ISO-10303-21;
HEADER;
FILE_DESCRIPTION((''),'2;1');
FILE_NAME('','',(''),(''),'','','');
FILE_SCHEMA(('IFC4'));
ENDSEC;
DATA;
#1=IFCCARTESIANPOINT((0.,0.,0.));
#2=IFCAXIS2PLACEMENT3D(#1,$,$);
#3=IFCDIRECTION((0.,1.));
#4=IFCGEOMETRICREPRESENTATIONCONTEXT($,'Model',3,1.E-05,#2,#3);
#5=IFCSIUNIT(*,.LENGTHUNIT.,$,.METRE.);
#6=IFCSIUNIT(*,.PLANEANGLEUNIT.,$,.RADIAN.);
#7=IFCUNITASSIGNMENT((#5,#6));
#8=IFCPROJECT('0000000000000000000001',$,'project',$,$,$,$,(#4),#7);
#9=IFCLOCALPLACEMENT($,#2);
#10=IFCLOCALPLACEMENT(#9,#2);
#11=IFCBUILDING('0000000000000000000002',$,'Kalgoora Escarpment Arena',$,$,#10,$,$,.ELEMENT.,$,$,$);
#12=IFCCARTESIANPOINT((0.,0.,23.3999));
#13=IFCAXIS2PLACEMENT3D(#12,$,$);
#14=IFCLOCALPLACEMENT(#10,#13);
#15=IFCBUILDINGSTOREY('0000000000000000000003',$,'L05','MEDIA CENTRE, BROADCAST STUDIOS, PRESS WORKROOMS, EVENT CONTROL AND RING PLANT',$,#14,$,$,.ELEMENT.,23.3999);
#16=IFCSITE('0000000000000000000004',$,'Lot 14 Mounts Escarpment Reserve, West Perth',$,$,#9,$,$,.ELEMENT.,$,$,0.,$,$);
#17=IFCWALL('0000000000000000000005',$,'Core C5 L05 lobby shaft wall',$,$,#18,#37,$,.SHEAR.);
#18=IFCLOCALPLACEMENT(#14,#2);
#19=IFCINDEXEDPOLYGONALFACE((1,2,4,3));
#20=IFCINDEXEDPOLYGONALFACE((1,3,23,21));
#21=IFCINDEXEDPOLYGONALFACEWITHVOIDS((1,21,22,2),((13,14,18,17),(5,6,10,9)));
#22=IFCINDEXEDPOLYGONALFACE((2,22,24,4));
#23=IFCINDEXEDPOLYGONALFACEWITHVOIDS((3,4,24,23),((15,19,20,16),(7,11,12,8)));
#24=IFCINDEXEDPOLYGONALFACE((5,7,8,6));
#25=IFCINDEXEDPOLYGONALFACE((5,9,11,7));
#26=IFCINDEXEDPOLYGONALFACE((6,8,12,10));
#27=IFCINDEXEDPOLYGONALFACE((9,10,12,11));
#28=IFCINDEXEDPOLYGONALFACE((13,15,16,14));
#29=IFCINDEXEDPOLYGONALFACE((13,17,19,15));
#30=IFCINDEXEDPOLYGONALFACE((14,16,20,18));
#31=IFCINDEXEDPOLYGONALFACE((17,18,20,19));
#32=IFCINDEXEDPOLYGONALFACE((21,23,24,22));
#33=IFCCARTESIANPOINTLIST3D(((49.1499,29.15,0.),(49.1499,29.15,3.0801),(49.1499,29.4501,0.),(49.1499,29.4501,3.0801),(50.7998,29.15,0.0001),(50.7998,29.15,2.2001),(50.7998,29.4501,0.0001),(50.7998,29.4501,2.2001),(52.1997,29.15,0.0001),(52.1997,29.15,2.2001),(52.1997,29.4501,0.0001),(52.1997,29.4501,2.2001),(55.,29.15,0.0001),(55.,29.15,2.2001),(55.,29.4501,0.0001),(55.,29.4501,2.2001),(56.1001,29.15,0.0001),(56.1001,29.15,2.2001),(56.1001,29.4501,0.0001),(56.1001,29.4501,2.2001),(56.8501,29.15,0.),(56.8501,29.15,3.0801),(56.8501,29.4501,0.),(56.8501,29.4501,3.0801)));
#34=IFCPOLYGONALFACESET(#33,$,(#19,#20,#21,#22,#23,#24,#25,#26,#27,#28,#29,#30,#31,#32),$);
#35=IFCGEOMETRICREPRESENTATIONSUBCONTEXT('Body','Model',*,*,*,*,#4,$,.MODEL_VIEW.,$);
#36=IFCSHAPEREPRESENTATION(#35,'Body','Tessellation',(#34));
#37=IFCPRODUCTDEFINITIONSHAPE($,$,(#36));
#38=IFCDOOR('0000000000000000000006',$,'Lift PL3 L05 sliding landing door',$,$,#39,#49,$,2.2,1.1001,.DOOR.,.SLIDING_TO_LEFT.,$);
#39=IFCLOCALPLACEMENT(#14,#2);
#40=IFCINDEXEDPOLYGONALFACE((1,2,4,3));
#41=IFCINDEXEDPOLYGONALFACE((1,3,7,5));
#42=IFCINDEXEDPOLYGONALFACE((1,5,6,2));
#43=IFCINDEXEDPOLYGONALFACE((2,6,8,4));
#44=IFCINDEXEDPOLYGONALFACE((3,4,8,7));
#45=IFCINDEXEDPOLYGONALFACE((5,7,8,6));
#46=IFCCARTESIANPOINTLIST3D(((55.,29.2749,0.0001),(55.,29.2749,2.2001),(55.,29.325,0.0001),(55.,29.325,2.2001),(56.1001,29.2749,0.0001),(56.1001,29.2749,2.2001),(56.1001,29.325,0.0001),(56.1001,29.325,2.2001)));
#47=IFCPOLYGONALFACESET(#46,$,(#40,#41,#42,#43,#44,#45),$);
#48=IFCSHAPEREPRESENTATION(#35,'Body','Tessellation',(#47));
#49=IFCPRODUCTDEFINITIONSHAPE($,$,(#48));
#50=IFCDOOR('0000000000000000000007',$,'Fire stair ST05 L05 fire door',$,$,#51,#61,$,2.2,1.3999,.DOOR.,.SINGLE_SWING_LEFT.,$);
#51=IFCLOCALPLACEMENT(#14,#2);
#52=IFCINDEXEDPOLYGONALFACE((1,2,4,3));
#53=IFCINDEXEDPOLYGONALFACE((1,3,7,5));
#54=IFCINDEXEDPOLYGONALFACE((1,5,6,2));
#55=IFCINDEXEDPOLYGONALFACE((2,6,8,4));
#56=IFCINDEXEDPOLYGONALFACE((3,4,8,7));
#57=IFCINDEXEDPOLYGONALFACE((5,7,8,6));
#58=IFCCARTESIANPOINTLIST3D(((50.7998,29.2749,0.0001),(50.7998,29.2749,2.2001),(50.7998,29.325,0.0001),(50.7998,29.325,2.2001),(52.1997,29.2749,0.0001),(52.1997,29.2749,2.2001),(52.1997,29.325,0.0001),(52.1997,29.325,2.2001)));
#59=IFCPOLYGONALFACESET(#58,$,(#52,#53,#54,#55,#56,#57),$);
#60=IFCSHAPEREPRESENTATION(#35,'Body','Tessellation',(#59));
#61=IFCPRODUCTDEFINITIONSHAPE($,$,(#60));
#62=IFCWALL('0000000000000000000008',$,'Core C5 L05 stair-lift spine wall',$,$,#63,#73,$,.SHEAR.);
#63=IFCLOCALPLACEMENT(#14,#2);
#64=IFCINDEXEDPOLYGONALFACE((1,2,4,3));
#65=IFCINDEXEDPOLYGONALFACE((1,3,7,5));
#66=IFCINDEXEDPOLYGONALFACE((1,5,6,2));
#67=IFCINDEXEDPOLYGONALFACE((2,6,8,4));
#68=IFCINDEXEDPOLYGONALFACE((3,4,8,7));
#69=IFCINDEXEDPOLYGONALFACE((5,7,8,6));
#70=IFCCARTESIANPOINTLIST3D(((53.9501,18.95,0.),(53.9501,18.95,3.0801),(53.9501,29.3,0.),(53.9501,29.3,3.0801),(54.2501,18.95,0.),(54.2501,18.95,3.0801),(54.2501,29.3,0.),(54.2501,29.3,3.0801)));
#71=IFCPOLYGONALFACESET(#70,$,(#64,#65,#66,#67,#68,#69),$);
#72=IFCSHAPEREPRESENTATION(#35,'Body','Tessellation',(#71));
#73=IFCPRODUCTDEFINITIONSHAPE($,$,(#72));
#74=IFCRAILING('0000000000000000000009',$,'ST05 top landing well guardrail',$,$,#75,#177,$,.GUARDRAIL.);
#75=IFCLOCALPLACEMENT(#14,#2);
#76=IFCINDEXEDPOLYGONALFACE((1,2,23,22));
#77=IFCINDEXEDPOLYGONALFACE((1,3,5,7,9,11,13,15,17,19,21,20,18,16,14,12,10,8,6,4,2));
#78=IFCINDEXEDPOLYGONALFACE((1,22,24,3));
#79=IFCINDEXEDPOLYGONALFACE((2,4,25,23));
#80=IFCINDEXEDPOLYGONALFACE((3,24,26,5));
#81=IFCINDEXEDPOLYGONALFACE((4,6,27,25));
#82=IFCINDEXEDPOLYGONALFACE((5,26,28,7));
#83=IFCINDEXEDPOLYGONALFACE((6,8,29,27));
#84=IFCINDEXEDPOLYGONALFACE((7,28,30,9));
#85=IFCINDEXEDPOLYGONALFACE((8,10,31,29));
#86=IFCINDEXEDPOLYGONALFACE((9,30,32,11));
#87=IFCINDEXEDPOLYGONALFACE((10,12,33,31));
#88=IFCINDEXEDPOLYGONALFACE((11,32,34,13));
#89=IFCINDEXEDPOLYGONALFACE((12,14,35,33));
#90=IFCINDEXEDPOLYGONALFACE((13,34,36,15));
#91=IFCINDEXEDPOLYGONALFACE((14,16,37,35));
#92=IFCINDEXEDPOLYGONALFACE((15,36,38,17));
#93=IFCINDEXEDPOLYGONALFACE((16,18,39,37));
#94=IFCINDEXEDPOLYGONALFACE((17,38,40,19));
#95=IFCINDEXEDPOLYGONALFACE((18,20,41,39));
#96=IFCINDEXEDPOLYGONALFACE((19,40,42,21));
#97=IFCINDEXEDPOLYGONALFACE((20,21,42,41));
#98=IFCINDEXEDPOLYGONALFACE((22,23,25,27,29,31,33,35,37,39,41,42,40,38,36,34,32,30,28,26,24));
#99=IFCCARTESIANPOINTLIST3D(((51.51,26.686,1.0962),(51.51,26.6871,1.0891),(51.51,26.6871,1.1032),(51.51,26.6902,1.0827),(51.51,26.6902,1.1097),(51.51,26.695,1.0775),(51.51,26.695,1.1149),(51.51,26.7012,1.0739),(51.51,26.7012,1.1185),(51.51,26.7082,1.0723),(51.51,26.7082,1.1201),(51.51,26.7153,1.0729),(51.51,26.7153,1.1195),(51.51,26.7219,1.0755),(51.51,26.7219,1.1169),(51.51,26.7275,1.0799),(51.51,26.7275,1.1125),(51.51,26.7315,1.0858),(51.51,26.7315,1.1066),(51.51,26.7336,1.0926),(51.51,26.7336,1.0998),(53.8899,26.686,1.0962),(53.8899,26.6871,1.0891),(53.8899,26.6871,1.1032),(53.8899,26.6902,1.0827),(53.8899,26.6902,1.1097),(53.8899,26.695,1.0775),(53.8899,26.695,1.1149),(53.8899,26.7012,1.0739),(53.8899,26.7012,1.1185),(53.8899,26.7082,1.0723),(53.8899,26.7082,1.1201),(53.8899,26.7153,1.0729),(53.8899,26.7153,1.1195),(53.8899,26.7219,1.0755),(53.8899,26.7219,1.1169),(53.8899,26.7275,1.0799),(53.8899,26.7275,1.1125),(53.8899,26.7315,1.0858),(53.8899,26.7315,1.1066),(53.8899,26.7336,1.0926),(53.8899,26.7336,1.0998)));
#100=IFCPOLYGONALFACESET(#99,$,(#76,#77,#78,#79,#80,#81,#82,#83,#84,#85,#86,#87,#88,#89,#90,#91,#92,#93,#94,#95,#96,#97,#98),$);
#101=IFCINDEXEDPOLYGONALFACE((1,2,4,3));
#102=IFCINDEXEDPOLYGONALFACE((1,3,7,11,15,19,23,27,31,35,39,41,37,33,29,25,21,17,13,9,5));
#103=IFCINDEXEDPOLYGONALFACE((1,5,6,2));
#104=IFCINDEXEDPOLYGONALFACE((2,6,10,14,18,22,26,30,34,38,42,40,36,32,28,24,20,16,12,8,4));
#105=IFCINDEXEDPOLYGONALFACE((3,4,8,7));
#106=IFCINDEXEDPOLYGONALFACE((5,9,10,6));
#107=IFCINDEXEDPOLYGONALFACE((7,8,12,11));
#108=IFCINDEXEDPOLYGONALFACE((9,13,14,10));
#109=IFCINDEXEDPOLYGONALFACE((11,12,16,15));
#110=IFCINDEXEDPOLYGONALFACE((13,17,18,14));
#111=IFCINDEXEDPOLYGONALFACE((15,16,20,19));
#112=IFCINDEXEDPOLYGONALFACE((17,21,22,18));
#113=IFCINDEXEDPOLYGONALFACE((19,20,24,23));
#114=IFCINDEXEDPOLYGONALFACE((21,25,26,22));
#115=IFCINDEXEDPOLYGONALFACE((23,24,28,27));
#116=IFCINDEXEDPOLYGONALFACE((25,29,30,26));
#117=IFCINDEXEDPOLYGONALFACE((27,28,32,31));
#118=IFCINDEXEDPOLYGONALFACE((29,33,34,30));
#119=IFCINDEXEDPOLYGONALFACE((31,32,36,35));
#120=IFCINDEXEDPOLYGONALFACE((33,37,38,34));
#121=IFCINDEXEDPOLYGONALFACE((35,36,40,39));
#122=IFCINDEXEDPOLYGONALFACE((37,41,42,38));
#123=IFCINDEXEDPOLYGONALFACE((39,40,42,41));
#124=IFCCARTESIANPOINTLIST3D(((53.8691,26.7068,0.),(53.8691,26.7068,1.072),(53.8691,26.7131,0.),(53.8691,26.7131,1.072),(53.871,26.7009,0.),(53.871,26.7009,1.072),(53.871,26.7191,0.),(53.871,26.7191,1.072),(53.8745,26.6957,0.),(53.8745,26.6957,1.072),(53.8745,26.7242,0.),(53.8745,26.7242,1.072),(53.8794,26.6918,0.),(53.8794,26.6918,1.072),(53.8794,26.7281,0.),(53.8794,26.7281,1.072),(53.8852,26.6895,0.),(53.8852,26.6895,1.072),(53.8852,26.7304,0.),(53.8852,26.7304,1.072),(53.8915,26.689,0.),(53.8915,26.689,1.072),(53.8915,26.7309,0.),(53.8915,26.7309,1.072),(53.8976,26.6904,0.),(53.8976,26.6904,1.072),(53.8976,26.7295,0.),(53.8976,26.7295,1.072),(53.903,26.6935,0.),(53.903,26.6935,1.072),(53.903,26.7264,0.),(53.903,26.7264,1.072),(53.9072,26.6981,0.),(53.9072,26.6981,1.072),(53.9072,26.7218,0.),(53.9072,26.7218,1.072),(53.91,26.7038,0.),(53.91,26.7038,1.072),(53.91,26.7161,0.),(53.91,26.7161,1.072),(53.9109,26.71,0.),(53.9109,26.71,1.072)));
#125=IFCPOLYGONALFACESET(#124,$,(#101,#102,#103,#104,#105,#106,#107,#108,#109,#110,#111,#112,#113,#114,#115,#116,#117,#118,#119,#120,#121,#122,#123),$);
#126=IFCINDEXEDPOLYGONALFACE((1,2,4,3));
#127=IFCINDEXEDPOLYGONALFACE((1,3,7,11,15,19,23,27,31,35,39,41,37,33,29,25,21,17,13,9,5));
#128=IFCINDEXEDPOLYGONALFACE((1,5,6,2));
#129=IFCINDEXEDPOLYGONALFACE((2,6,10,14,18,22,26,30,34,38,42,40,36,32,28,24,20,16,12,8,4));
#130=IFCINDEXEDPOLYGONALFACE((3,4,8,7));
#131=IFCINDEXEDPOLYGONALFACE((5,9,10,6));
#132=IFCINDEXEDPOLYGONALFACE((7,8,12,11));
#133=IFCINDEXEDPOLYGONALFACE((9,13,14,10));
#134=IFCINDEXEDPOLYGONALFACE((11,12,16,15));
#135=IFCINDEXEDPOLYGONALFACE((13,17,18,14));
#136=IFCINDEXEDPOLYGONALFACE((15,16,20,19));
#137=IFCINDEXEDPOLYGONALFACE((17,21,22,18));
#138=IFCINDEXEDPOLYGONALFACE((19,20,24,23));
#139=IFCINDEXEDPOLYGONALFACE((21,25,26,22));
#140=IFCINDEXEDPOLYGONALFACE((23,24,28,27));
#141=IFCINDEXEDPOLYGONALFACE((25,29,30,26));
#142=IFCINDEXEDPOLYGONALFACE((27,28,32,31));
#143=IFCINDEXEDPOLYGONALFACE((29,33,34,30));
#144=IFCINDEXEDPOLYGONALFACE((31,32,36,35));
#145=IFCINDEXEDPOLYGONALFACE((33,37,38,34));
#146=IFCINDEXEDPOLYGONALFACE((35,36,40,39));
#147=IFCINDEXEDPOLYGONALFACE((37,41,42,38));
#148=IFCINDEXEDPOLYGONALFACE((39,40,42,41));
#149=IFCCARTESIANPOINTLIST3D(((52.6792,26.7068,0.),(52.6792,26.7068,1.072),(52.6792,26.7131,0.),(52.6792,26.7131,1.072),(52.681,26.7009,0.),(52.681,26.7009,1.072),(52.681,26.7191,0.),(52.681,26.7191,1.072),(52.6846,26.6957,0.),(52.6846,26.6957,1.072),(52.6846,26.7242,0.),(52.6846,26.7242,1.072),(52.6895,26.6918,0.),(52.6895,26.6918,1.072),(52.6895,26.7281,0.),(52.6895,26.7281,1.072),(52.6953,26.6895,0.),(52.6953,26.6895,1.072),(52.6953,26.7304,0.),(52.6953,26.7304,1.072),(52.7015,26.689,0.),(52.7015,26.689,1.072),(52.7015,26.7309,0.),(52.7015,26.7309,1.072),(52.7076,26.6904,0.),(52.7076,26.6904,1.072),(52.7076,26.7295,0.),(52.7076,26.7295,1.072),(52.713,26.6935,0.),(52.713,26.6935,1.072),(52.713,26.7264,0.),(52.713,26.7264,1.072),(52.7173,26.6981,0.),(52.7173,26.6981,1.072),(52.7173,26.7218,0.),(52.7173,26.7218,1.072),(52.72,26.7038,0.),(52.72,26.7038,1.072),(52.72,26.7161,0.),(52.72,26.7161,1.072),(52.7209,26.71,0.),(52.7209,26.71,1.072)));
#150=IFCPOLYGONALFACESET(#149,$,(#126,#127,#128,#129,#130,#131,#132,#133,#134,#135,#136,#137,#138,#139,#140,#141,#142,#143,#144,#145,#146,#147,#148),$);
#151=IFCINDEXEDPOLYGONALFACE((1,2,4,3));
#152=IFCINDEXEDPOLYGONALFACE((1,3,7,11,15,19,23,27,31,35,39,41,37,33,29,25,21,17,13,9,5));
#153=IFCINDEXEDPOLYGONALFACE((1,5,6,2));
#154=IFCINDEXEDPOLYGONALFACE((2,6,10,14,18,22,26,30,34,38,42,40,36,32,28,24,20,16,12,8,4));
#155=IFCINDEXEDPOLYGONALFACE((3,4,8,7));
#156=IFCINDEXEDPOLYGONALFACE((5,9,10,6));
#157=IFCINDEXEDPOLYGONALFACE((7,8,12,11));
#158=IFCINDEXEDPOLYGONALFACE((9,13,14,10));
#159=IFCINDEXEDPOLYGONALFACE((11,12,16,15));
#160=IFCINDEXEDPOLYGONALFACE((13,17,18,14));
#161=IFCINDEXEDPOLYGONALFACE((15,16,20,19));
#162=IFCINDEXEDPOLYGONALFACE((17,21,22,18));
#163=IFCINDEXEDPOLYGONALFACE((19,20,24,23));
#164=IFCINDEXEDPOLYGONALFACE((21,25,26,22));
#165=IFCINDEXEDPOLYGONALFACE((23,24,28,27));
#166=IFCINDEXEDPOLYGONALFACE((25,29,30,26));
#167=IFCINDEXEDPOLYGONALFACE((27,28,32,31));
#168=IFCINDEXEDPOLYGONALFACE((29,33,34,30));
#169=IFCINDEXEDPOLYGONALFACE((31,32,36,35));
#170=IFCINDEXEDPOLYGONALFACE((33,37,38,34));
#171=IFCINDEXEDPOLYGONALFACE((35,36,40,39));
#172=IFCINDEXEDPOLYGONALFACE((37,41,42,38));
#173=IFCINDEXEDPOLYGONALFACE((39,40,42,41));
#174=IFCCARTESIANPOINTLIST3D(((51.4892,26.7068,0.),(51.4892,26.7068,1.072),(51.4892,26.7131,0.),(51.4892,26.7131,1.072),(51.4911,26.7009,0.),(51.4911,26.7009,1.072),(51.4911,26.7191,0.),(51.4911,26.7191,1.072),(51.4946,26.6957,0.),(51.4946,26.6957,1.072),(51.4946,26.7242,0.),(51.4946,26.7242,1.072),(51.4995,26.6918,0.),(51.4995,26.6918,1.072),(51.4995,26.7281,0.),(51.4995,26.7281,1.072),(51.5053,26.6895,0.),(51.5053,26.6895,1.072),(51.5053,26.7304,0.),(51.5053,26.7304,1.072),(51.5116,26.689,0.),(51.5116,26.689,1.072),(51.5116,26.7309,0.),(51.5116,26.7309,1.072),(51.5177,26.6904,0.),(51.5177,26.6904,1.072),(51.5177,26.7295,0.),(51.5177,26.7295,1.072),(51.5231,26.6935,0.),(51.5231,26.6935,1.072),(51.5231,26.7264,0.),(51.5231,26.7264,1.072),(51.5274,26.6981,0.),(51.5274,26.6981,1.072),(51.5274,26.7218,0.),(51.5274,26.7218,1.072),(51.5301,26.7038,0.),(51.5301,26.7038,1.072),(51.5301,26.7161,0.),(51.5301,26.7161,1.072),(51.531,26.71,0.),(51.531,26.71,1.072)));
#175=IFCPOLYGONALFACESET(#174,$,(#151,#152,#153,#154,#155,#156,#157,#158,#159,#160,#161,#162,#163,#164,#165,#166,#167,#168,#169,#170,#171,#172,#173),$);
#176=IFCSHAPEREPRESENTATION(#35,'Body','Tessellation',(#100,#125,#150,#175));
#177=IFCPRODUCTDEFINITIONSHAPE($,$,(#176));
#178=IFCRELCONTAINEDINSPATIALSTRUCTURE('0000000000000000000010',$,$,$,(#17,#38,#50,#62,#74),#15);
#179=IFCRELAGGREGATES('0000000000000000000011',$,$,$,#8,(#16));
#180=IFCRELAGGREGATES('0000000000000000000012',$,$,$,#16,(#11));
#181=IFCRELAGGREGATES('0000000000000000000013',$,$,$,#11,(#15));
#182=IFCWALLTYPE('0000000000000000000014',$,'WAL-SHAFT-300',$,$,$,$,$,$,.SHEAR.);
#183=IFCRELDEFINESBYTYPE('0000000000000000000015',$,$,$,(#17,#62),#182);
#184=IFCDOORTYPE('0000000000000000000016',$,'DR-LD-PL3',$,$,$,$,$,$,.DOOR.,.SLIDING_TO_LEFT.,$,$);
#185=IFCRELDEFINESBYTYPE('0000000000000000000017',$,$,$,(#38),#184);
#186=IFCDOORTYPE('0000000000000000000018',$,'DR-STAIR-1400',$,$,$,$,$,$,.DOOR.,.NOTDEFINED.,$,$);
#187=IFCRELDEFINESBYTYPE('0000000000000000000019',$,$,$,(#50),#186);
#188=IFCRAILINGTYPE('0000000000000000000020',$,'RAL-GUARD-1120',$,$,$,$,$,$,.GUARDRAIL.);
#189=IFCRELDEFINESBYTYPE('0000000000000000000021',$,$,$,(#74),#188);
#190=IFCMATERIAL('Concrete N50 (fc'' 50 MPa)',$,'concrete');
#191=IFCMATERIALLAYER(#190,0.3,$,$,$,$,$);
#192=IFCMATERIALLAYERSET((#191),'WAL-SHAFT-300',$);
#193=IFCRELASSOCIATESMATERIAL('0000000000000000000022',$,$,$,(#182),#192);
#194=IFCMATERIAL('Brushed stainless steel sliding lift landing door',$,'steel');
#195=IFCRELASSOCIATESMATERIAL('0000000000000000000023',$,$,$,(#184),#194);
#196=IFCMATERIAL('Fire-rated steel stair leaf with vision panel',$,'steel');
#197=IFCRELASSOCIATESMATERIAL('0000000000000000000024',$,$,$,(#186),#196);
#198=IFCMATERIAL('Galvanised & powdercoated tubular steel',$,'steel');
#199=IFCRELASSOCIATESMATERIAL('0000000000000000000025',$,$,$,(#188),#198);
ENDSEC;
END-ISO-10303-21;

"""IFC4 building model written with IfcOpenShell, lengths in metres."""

from ifc_helpers import new_model, si_unit, direction, frame, frame_2d, origin, origin_2d, place, context, subcontext, project, spatial, rectangle, circle, extrude, material, layer, layer_set, type_object, element, fill, save


model = new_model("IFC4")

# Units and contexts
model_context = context("Model", 3, precision=1e-05, world=origin(), true_north=direction((0.0, 1.0)))
body_context = subcontext(model_context, "Body", "Model", "MODEL_VIEW")
ifc_project = project(units=[si_unit("LENGTHUNIT", "METRE"), si_unit("PLANEANGLEUNIT", "RADIAN")], contexts=[model_context])

# Site, building, storey
site_placement = place(None, origin())
site = spatial("IfcSite", under=ifc_project, at=site_placement, Name="Lot 14 Mounts Escarpment Reserve, West Perth", CompositionType="ELEMENT", RefElevation=0.0)
building_placement = place(site_placement, origin())
building = spatial("IfcBuilding", under=site, at=building_placement, Name="Kalgoora Escarpment Arena", CompositionType="ELEMENT")
storey_placement = place(building_placement, frame((0.0, 0.0, 23.3999)))
storey = spatial("IfcBuildingStorey", under=building, at=storey_placement, Name="L05", Description="MEDIA CENTRE, BROADCAST STUDIOS, PRESS WORKROOMS, EVENT CONTROL AND RING PLANT", CompositionType="ELEMENT", Elevation=23.3999)

# Wall, openings, doors
ifc_material_1 = material(Name="Concrete N50 (fc' 50 MPa)", Category="concrete")
ifc_layer_1 = layer(ifc_material_1, 0.3)
ifc_layer_set_1 = layer_set([ifc_layer_1], Name="WAL-SHAFT-300")
wall_type_1 = type_object("IfcWallType", Name="WAL-SHAFT-300", PredefinedType="SHEAR", material=ifc_layer_set_1)
wall_1_placement = place(storey_placement, frame((49.1499, 29.3, 0.0), z_axis=(0.0, 0.0, 1.0), x_axis=(1.0, 0.0, 0.0)))
wall_1 = element("IfcWall", 1, at=wall_1_placement, inside=storey, type_object=wall_type_1, Name="Core C5 L05 lobby shaft wall", PredefinedType="SHEAR", context=body_context, shape_type="SweptSolid", body=[
    extrude(rectangle(XDim=7.7002, YDim=0.3, at=frame_2d((3.8501, 0.0))), origin(), (0.0, 0.0, 1.0), 3.0801),
])
opening_1_placement = place(wall_1_placement, frame((1.6499, 0.0, 0.0)))
opening_1 = element("IfcOpeningElement", 2, at=opening_1_placement, cuts=wall_1, PredefinedType="OPENING", context=body_context, shape_type="SweptSolid", body=[
    extrude(rectangle(XDim=1.3999, YDim=2.2, at=frame_2d((0.7, 1.1001))), frame((0.0, 0.1599, 0.0), z_axis=(0.0, -1.0, 0.0), x_axis=(1.0, 0.0, 0.0)), (0.0, 0.0, 1.0), 0.3201),
])
opening_2_placement = place(wall_1_placement, frame((5.8501, 0.0, 0.0)))
opening_2 = element("IfcOpeningElement", 3, at=opening_2_placement, cuts=wall_1, PredefinedType="OPENING", context=body_context, shape_type="SweptSolid", body=[
    extrude(rectangle(XDim=1.1001, YDim=2.2, at=frame_2d((0.55, 1.1001))), frame((0.0, 0.1599, 0.0), z_axis=(0.0, -1.0, 0.0), x_axis=(1.0, 0.0, 0.0)), (0.0, 0.0, 1.0), 0.3201),
])
ifc_material_2 = material(Name="Brushed stainless steel sliding lift landing door", Category="steel")
door_type_1 = type_object("IfcDoorType", Name="DR-LD-PL3", OperationType="SLIDING_TO_LEFT", PredefinedType="DOOR", material=ifc_material_2)
door_1_placement = place(opening_2_placement, origin())
door_1 = element("IfcDoor", 4, at=door_1_placement, inside=storey, type_object=door_type_1, Name="Lift PL3 L05 sliding landing door", OperationType="SLIDING_TO_LEFT", OverallHeight=2.2, OverallWidth=1.1001, PredefinedType="DOOR", context=body_context, shape_type="SweptSolid", body=[
    extrude(rectangle(XDim=1.1001, YDim=2.2, at=frame_2d((0.55, 1.1001))), frame((0.0, 0.0249, 0.0), z_axis=(0.0, -1.0, 0.0), x_axis=(1.0, 0.0, 0.0)), (0.0, 0.0, 1.0), 0.05),
])
fill(opening_2, door_1)
ifc_material_3 = material(Name="Fire-rated steel stair leaf with vision panel", Category="steel")
door_type_2 = type_object("IfcDoorType", Name="DR-STAIR-1400", OperationType="NOTDEFINED", PredefinedType="DOOR", material=ifc_material_3)
door_2_placement = place(opening_1_placement, origin())
door_2 = element("IfcDoor", 5, at=door_2_placement, inside=storey, type_object=door_type_2, Name="Fire stair ST05 L05 fire door", OperationType="SINGLE_SWING_LEFT", OverallHeight=2.2, OverallWidth=1.3999, PredefinedType="DOOR", context=body_context, shape_type="SweptSolid", body=[
    extrude(rectangle(XDim=1.3999, YDim=2.2, at=frame_2d((0.7, 1.1001))), frame((0.0, 0.0249, 0.0), z_axis=(0.0, -1.0, 0.0), x_axis=(1.0, 0.0, 0.0)), (0.0, 0.0, 1.0), 0.05),
])
fill(opening_1, door_2)

# Wall
wall_2_placement = place(storey_placement, frame((54.1001, 18.95, 0.0), z_axis=(0.0, 0.0, 1.0), x_axis=(0.0, 1.0, 0.0)))
element("IfcWall", 6, at=wall_2_placement, inside=storey, type_object=wall_type_1, Name="Core C5 L05 stair-lift spine wall", PredefinedType="SHEAR", context=body_context, shape_type="SweptSolid", body=[
    extrude(rectangle(XDim=10.3501, YDim=0.3, at=frame_2d((5.175, 0.0))), origin(), (0.0, 0.0, 1.0), 3.0801),
])

# Railing
ifc_material_4 = material(Name="Galvanised & powdercoated tubular steel", Category="steel")
railing_type = type_object("IfcRailingType", Name="RAL-GUARD-1120", PredefinedType="GUARDRAIL", material=ifc_material_4)
railing_placement = place(storey_placement, frame((53.8899, 26.71, 0.0)))
element("IfcRailing", 7, at=railing_placement, inside=storey, type_object=railing_type, Name="ST05 top landing well guardrail", PredefinedType="GUARDRAIL", context=body_context, shape_type="SweptSolid", body=[
    extrude(circle(Radius=0.0239, at=origin_2d()), frame((0.0, 0.0, 1.0962), z_axis=(-1.0, 0.0, 0.0), x_axis=(0.0, -1.0, 0.0)), (0.0, 0.0, 1.0), 2.3799),
    extrude(circle(Radius=0.021, at=origin_2d()), origin(), (0.0, 0.0, 1.0), 1.072),
    extrude(circle(Radius=0.021, at=origin_2d()), frame((-1.1899, 0.0, 0.0)), (0.0, 0.0, 1.0), 1.072),
    extrude(circle(Radius=0.021, at=origin_2d()), frame((-2.3799, 0.0, 0.0)), (0.0, 0.0, 1.0), 1.072),
])

save(model, "model.ifc")
